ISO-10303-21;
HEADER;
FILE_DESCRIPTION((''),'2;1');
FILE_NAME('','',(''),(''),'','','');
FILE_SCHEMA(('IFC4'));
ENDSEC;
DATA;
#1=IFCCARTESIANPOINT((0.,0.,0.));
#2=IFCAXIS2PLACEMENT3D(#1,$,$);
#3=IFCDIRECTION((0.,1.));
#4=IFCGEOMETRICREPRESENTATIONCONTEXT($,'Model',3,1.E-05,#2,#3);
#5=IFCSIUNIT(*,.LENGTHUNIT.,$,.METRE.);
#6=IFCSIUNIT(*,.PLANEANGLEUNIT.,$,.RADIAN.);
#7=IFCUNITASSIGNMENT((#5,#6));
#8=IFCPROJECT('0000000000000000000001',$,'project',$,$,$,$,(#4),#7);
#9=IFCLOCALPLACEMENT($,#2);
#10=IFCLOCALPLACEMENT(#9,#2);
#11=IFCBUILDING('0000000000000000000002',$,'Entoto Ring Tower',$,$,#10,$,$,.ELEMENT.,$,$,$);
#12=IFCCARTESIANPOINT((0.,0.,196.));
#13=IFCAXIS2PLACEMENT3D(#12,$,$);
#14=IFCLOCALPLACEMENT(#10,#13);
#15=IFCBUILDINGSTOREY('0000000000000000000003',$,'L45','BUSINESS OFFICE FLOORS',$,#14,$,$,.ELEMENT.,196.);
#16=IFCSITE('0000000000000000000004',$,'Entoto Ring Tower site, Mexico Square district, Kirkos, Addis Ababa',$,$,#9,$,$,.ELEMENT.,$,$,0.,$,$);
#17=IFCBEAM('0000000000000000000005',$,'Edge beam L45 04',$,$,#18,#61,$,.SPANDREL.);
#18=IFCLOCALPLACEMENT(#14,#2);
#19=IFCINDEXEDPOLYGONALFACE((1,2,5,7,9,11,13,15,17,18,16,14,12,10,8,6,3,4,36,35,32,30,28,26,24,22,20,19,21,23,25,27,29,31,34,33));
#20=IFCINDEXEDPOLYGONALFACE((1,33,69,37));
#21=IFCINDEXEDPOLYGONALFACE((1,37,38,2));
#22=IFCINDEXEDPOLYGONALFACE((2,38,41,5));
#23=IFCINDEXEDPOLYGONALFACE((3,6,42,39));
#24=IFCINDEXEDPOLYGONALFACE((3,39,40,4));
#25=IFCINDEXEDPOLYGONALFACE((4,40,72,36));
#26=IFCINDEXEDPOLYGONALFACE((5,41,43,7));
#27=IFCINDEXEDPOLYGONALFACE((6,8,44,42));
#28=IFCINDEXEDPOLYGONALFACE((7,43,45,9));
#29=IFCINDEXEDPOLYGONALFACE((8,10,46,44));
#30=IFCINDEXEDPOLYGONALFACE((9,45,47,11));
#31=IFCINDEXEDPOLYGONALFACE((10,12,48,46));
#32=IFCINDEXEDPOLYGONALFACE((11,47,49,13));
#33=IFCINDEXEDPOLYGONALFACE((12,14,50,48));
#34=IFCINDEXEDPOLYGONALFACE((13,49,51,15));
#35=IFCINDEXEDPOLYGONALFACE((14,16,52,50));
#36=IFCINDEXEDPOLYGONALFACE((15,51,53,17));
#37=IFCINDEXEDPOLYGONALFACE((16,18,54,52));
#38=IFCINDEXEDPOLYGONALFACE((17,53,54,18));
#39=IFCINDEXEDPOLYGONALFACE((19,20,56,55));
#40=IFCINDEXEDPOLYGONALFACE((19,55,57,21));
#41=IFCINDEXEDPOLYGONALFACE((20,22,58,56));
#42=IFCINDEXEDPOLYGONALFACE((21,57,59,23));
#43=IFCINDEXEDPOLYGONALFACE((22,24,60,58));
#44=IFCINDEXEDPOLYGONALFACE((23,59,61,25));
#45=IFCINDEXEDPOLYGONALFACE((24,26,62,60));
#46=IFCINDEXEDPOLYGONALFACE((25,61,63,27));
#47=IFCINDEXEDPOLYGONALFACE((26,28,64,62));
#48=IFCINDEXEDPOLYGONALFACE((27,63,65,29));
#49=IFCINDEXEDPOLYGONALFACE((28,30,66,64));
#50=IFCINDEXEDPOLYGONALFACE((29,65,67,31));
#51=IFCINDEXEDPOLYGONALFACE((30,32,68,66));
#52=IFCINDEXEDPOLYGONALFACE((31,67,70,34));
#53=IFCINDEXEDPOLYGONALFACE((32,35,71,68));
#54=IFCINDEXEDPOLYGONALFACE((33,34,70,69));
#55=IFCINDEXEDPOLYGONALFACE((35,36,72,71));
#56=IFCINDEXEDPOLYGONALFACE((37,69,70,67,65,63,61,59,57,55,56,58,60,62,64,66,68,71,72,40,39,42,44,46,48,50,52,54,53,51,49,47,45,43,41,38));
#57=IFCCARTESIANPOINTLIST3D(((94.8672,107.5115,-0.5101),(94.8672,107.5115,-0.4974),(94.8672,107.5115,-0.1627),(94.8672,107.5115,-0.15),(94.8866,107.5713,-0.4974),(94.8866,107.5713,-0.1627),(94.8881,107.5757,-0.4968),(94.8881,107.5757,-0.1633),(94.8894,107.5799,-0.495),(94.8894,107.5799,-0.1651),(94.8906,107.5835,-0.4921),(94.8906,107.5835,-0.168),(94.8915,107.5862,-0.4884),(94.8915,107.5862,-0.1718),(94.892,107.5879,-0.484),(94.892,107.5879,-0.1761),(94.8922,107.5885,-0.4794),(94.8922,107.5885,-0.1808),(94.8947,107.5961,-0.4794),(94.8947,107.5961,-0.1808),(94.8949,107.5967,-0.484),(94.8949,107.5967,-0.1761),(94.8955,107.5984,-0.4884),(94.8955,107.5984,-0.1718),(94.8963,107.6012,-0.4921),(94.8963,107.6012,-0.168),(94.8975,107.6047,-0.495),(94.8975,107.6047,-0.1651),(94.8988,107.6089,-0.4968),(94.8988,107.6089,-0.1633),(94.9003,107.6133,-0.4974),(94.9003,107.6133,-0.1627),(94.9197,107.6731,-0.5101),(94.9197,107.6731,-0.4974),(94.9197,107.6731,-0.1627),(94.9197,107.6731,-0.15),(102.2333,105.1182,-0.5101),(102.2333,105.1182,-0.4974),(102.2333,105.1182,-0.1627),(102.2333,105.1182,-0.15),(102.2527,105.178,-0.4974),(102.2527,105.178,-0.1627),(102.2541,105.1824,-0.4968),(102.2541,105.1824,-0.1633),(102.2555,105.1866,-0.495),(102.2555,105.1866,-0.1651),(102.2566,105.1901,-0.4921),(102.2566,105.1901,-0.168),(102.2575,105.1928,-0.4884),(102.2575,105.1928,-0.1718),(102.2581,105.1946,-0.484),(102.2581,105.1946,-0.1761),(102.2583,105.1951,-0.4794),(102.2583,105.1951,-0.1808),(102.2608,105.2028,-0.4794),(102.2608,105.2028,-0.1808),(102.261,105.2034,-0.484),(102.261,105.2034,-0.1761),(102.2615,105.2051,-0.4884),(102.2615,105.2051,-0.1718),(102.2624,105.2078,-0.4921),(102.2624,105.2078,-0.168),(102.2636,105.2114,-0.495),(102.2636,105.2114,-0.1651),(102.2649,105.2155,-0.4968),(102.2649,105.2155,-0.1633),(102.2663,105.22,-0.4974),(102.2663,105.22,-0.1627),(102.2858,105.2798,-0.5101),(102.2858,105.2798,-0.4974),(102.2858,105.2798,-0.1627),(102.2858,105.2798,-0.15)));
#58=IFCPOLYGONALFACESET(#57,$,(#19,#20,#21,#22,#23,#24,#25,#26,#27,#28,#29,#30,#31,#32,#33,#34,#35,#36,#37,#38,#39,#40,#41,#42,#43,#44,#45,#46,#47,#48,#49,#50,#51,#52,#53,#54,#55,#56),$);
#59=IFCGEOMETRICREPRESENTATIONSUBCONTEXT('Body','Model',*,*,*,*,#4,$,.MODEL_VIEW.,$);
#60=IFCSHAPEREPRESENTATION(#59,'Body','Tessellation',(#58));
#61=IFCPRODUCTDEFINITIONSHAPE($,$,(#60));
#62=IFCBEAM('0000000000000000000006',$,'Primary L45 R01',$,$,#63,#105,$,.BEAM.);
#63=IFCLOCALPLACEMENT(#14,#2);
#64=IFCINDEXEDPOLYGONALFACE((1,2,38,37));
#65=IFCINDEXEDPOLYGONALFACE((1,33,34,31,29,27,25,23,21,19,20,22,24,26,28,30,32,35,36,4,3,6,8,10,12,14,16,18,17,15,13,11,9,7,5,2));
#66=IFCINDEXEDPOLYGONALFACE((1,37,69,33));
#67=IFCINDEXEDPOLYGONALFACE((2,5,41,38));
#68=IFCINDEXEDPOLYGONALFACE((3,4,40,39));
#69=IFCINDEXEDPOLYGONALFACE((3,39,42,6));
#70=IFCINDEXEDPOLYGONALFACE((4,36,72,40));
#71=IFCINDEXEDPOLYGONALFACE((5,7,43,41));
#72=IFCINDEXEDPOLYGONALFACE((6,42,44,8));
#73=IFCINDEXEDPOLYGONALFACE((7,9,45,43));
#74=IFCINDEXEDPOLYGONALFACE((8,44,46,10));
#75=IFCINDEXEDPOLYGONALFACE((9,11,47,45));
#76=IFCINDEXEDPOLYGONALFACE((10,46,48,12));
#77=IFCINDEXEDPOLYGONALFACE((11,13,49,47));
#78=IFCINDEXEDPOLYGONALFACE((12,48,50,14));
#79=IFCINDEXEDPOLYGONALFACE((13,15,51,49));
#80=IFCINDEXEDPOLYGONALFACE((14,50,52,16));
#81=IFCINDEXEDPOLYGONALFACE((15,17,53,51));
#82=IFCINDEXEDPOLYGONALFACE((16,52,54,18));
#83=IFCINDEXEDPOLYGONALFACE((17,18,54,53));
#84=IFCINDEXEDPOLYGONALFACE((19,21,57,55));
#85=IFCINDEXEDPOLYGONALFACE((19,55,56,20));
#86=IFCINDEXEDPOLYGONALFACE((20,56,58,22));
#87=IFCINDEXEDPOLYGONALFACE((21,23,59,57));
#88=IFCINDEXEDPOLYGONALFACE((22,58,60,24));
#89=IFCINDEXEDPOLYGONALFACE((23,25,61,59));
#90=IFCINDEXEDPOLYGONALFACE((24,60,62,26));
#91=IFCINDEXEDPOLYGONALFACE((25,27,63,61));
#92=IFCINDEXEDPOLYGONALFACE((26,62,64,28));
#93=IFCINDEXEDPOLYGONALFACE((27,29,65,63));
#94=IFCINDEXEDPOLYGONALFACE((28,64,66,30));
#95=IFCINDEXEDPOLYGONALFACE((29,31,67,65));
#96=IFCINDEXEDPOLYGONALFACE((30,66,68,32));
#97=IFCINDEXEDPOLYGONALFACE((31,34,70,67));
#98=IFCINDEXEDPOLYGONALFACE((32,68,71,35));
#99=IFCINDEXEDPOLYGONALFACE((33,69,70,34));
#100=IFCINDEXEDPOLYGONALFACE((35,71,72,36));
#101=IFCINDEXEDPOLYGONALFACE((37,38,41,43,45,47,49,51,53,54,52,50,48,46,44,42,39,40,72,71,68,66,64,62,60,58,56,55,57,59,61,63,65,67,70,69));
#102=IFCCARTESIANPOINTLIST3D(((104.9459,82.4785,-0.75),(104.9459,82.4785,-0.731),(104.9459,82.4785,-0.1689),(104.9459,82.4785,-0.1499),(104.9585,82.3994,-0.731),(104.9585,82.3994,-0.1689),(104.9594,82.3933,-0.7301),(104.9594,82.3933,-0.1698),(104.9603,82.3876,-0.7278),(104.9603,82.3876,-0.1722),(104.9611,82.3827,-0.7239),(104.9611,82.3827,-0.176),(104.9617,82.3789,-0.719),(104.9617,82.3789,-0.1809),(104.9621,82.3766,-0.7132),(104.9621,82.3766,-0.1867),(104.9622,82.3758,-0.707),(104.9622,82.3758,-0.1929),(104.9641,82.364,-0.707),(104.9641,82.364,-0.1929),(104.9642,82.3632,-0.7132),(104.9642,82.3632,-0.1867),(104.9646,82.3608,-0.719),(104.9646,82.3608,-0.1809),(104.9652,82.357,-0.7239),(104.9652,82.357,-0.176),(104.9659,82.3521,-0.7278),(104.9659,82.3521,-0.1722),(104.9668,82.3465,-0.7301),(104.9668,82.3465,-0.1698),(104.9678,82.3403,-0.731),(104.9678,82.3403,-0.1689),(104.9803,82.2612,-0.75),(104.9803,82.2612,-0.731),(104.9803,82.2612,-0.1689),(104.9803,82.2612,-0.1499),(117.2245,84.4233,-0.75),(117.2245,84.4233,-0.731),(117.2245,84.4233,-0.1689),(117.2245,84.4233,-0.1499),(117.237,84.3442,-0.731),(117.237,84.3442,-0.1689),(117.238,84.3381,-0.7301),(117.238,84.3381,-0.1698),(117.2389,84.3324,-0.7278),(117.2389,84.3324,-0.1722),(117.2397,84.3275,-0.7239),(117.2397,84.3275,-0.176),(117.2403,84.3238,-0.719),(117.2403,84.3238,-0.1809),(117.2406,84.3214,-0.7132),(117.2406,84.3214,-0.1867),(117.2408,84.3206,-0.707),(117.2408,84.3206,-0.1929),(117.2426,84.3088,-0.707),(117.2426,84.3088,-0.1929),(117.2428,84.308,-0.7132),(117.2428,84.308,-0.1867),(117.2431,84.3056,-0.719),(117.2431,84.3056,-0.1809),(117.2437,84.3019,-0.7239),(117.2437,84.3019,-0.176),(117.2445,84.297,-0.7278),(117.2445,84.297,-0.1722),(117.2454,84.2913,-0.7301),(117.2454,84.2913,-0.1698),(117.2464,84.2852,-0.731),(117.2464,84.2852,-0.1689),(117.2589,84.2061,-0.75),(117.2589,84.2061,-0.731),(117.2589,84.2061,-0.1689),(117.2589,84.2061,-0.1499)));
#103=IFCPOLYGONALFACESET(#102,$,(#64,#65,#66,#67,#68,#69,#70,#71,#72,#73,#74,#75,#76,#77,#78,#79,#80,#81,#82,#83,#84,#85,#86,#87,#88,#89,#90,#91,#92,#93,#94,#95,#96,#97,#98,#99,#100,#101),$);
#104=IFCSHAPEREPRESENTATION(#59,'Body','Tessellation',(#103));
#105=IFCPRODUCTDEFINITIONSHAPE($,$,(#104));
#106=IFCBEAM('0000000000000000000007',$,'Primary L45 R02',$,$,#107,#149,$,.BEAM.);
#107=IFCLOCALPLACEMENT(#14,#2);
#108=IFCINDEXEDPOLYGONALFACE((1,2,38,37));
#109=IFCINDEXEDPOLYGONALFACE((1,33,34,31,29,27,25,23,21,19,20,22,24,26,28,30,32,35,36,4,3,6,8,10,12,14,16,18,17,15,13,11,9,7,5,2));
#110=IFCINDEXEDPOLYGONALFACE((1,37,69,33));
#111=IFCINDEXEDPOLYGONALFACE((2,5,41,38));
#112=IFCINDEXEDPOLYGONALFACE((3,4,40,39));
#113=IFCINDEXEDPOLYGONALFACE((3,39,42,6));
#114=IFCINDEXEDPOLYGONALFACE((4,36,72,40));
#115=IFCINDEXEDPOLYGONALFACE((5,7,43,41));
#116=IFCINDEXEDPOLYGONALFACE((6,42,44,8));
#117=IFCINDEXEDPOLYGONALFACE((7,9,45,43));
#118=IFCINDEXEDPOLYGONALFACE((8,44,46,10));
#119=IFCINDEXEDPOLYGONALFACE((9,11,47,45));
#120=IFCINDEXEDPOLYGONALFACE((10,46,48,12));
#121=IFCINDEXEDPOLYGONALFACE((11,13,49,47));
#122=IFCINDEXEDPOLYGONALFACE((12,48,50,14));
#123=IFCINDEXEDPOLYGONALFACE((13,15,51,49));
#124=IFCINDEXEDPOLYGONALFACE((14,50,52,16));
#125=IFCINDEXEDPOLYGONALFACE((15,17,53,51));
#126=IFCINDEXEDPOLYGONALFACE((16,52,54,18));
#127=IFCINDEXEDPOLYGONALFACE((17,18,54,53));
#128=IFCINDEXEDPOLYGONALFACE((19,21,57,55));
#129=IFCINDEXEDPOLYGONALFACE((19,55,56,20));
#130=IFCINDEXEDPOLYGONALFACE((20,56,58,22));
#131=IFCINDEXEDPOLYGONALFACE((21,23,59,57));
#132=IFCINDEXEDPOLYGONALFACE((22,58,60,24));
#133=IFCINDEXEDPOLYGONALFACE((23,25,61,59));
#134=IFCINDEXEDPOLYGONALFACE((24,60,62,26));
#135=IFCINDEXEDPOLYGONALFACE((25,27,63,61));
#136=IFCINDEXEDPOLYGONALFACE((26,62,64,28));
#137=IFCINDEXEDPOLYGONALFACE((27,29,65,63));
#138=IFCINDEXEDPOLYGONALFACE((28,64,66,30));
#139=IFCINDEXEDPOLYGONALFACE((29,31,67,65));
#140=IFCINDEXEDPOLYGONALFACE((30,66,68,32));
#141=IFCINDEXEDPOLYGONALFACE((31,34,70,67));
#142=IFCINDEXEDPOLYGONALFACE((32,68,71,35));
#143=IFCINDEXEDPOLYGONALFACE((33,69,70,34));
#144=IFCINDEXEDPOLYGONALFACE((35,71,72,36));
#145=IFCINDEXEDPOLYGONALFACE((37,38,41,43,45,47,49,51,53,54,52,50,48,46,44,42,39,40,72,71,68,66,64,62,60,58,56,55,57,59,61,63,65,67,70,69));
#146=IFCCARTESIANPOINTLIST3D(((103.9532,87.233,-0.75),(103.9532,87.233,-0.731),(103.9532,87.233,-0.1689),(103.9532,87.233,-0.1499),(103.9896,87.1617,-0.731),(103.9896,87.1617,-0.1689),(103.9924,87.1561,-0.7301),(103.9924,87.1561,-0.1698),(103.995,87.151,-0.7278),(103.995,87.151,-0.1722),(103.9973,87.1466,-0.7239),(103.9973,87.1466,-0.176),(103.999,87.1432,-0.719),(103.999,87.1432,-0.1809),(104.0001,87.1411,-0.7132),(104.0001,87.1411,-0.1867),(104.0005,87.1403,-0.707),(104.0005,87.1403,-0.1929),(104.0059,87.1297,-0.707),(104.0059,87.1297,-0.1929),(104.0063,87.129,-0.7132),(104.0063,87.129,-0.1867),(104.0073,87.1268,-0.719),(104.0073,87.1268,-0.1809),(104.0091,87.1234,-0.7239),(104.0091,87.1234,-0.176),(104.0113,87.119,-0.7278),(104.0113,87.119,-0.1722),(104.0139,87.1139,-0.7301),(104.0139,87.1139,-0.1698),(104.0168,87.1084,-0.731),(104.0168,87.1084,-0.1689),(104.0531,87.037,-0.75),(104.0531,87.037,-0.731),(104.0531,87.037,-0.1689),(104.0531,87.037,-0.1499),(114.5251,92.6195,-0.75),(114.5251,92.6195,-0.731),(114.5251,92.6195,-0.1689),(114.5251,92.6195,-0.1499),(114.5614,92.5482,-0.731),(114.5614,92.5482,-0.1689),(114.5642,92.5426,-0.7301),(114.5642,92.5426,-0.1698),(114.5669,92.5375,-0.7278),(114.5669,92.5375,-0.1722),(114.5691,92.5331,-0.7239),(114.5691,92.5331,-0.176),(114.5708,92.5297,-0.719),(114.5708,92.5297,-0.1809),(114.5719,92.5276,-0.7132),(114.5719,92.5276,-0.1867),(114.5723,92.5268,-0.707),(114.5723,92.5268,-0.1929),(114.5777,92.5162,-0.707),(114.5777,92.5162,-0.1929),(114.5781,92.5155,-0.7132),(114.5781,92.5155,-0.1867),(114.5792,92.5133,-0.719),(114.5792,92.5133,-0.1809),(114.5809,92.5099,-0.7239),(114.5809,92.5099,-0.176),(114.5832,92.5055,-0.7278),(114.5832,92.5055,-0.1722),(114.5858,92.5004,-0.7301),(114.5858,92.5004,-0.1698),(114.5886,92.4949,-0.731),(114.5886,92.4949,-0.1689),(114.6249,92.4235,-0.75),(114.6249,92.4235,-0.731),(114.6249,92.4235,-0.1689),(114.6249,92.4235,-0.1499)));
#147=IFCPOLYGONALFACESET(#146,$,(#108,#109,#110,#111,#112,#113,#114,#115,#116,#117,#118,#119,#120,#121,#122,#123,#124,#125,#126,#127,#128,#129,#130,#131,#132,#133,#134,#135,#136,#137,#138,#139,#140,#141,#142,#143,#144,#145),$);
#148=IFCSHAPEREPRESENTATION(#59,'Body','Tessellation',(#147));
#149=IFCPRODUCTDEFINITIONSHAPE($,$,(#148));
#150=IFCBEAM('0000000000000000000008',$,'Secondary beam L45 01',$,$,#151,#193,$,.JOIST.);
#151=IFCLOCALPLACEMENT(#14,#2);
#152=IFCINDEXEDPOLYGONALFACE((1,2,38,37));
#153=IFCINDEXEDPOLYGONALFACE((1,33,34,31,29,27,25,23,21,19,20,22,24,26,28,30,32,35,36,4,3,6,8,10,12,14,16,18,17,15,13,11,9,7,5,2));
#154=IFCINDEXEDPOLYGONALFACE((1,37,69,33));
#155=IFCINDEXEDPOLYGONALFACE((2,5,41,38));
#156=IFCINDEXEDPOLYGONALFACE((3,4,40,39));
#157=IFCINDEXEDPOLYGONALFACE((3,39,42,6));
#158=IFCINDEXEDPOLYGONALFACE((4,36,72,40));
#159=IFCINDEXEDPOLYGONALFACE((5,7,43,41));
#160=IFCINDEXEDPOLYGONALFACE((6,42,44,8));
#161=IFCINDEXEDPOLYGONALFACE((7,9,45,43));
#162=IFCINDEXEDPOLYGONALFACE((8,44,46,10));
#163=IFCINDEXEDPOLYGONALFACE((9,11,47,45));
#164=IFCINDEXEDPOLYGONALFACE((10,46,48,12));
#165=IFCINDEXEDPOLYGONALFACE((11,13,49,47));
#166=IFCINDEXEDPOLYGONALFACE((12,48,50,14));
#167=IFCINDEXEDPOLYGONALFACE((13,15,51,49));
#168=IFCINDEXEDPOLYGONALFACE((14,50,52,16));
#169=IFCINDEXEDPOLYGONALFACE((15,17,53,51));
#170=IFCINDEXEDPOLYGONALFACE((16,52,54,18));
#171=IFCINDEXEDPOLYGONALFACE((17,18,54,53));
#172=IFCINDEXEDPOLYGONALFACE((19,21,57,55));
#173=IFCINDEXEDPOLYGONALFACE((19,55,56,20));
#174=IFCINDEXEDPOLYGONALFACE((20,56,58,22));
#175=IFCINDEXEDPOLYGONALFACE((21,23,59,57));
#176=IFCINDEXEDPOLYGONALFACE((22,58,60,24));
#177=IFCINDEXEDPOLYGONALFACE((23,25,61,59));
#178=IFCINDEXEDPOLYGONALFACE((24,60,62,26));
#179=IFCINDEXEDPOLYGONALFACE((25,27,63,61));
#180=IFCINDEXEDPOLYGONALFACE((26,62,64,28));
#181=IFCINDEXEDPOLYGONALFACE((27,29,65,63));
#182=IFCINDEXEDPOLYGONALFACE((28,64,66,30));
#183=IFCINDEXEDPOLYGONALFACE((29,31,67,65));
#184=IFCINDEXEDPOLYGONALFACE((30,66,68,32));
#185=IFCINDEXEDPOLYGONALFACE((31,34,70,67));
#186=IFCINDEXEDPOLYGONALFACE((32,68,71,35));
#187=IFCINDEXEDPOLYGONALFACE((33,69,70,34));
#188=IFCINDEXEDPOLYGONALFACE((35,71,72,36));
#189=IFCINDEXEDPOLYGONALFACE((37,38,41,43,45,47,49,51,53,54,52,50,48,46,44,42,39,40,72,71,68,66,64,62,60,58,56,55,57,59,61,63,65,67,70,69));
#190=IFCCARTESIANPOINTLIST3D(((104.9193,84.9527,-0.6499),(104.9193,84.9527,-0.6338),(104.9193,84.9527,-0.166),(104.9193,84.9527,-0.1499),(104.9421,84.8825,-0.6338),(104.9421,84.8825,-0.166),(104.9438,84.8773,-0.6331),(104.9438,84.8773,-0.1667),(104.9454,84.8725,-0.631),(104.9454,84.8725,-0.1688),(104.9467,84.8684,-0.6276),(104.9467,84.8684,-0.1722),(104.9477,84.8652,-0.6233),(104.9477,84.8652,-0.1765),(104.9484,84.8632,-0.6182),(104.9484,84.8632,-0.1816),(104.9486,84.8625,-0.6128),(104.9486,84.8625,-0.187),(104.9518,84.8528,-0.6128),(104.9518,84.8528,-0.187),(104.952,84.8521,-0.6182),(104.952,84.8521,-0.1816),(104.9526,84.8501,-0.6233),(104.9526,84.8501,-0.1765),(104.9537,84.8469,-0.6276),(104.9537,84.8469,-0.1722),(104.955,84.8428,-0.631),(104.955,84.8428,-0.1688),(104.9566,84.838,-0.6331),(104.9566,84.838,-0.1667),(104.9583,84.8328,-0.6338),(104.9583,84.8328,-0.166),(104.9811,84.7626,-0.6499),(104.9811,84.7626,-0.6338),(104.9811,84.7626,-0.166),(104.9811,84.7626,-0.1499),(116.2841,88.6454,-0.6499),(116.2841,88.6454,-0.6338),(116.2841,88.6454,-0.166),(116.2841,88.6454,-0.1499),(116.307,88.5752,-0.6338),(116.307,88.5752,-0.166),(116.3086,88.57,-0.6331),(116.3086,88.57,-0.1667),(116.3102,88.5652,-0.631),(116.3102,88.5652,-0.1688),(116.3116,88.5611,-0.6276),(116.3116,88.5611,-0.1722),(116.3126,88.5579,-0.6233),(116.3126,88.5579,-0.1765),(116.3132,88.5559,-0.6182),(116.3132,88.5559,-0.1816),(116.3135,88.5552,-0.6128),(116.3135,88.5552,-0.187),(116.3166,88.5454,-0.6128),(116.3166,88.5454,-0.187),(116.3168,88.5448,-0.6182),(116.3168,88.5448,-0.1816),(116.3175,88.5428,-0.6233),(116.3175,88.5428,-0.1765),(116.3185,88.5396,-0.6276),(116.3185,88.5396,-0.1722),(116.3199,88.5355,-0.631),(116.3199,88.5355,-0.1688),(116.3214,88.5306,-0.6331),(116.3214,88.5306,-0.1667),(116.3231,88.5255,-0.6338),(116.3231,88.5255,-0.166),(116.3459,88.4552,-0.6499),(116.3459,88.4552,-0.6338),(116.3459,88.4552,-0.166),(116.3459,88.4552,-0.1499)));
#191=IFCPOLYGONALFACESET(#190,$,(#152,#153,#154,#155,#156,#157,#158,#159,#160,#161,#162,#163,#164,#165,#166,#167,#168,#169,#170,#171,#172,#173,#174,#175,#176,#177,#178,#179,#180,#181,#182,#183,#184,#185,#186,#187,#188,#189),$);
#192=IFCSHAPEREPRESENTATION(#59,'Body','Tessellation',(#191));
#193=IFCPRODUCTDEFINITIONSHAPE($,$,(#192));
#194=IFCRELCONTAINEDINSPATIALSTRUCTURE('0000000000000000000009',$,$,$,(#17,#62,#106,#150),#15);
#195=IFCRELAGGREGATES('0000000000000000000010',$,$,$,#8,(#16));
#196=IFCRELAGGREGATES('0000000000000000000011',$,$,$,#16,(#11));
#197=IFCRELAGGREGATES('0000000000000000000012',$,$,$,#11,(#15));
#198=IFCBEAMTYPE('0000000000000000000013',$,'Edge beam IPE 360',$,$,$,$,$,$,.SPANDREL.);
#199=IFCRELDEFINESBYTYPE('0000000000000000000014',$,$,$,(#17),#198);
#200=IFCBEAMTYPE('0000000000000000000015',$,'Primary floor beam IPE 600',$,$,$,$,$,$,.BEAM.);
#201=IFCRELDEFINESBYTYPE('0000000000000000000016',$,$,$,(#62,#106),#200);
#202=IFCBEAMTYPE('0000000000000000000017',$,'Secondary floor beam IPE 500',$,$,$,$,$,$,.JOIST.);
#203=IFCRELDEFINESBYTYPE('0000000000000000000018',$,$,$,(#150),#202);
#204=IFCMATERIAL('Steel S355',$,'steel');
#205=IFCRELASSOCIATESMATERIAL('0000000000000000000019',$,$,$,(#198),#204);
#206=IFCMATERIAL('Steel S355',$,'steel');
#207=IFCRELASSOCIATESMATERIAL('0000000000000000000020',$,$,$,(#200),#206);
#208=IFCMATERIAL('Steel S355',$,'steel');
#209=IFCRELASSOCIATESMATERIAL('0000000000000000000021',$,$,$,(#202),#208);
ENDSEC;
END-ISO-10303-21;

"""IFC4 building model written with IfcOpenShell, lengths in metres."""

from ifc_helpers import new_model, si_unit, direction, frame, origin, origin_2d, place, context, subcontext, project, spatial, i_section, extrude, material, material_profile, profile_set, type_object, element, save


model = new_model("IFC4")

# Units and contexts
model_context = context("Model", 3, precision=1e-05, world=origin(), true_north=direction((0.0, 1.0)))
body_context = subcontext(model_context, "Body", "Model", "MODEL_VIEW")
ifc_project = project(units=[si_unit("LENGTHUNIT", "METRE"), si_unit("PLANEANGLEUNIT", "RADIAN")], contexts=[model_context])

# Site, building, storey
site_placement = place(None, origin())
site = spatial("IfcSite", under=ifc_project, at=site_placement, Name="Entoto Ring Tower site, Mexico Square district, Kirkos, Addis Ababa", CompositionType="ELEMENT", RefElevation=0.0)
building_placement = place(site_placement, origin())
building = spatial("IfcBuilding", under=site, at=building_placement, Name="Entoto Ring Tower", CompositionType="ELEMENT")
storey_placement = place(building_placement, frame((0.0, 0.0, 196.0)))
storey = spatial("IfcBuildingStorey", under=building, at=storey_placement, Name="L45", Description="BUSINESS OFFICE FLOORS", CompositionType="ELEMENT", Elevation=196.0)

# Beams
ifc_material_1 = material(Name="Steel S355", Category="steel")
ifc_material_profile_1 = material_profile(ifc_material_1, i_section(OverallWidth=0.1699, OverallDepth=0.3601, WebThickness=0.0081, FlangeThickness=0.0127, FilletRadius=0.0181, at=origin_2d()), Name="IPE 360")
ifc_profile_set_1 = profile_set([ifc_material_profile_1], Name="Steel S355")
beam_type_1 = type_object("IfcBeamType", Name="Edge beam IPE 360", PredefinedType="SPANDREL", material=ifc_profile_set_1)
for number, where, z_axis, x_axis, name in (
    (1, (102.2595, 105.199, -0.3301), (-0.951058, 0.309013, 0.0), (-0.309013, -0.951058, 0.0), "Edge beam L45 04"),
):
    element("IfcBeam", number, at=place(storey_placement, frame(where, z_axis=z_axis, x_axis=x_axis)), inside=storey, type_object=beam_type_1, Name=name, PredefinedType="SPANDREL", context=body_context, shape_type="SweptSolid", body=[
        extrude(i_section(OverallWidth=0.1699, OverallDepth=0.3601, WebThickness=0.0081, FlangeThickness=0.0127, FilletRadius=0.0181, at=origin_2d()), origin(), (0.0, 0.0, 1.0), 7.7451),
    ])
ifc_material_2 = material(Name="Steel S355", Category="steel")
ifc_material_profile_2 = material_profile(ifc_material_2, i_section(OverallWidth=0.22, OverallDepth=0.6001, WebThickness=0.012, FlangeThickness=0.019, FilletRadius=0.0239, at=origin_2d()), Name="IPE 600")
ifc_profile_set_2 = profile_set([ifc_material_profile_2], Name="Steel S355")
beam_type_2 = type_object("IfcBeamType", Name="Primary floor beam IPE 600", PredefinedType="BEAM", material=ifc_profile_set_2)
beam_1_placement = place(storey_placement, frame((104.9631, 82.3699, -0.45), z_axis=(0.987687, 0.156442, 0.0), x_axis=(-0.156442, 0.987687, 0.0)))
element("IfcBeam", 2, at=beam_1_placement, inside=storey, type_object=beam_type_2, Name="Primary L45 R01", PredefinedType="BEAM", context=body_context, shape_type="SweptSolid", body=[
    extrude(i_section(OverallWidth=0.22, OverallDepth=0.6001, WebThickness=0.012, FlangeThickness=0.019, FilletRadius=0.0239, at=origin_2d()), origin(), (0.0, 0.0, 1.0), 12.4316),
])
beam_2_placement = place(storey_placement, frame((104.0032, 87.135, -0.45), z_axis=(0.89101, 0.453983, 0.0), x_axis=(-0.453983, 0.89101, 0.0)))
element("IfcBeam", 3, at=beam_2_placement, inside=storey, type_object=beam_type_2, Name="Primary L45 R02", PredefinedType="BEAM", context=body_context, shape_type="SweptSolid", body=[
    extrude(i_section(OverallWidth=0.22, OverallDepth=0.6001, WebThickness=0.012, FlangeThickness=0.019, FilletRadius=0.0239, at=origin_2d()), origin(), (0.0, 0.0, 1.0), 11.865),
])
ifc_material_3 = material(Name="Steel S355", Category="steel")
ifc_material_profile_3 = material_profile(ifc_material_3, i_section(OverallWidth=0.2, OverallDepth=0.5, WebThickness=0.0103, FlangeThickness=0.0161, FilletRadius=0.021, at=origin_2d()), Name="IPE 500")
ifc_profile_set_3 = profile_set([ifc_material_profile_3], Name="Steel S355")
beam_type_3 = type_object("IfcBeamType", Name="Secondary floor beam IPE 500", PredefinedType="JOIST", material=ifc_profile_set_3)
beam_3_placement = place(storey_placement, frame((104.9502, 84.8577, -0.3999), z_axis=(0.951057, 0.309017, 0.0), x_axis=(-0.309017, 0.951057, 0.0)))
element("IfcBeam", 4, at=beam_3_placement, inside=storey, type_object=beam_type_3, Name="Secondary beam L45 01", PredefinedType="JOIST", context=body_context, shape_type="SweptSolid", body=[
    extrude(i_section(OverallWidth=0.2, OverallDepth=0.5, WebThickness=0.0103, FlangeThickness=0.0161, FilletRadius=0.021, at=origin_2d()), origin(), (0.0, 0.0, 1.0), 11.9497),
])

save(model, "model.ifc")
